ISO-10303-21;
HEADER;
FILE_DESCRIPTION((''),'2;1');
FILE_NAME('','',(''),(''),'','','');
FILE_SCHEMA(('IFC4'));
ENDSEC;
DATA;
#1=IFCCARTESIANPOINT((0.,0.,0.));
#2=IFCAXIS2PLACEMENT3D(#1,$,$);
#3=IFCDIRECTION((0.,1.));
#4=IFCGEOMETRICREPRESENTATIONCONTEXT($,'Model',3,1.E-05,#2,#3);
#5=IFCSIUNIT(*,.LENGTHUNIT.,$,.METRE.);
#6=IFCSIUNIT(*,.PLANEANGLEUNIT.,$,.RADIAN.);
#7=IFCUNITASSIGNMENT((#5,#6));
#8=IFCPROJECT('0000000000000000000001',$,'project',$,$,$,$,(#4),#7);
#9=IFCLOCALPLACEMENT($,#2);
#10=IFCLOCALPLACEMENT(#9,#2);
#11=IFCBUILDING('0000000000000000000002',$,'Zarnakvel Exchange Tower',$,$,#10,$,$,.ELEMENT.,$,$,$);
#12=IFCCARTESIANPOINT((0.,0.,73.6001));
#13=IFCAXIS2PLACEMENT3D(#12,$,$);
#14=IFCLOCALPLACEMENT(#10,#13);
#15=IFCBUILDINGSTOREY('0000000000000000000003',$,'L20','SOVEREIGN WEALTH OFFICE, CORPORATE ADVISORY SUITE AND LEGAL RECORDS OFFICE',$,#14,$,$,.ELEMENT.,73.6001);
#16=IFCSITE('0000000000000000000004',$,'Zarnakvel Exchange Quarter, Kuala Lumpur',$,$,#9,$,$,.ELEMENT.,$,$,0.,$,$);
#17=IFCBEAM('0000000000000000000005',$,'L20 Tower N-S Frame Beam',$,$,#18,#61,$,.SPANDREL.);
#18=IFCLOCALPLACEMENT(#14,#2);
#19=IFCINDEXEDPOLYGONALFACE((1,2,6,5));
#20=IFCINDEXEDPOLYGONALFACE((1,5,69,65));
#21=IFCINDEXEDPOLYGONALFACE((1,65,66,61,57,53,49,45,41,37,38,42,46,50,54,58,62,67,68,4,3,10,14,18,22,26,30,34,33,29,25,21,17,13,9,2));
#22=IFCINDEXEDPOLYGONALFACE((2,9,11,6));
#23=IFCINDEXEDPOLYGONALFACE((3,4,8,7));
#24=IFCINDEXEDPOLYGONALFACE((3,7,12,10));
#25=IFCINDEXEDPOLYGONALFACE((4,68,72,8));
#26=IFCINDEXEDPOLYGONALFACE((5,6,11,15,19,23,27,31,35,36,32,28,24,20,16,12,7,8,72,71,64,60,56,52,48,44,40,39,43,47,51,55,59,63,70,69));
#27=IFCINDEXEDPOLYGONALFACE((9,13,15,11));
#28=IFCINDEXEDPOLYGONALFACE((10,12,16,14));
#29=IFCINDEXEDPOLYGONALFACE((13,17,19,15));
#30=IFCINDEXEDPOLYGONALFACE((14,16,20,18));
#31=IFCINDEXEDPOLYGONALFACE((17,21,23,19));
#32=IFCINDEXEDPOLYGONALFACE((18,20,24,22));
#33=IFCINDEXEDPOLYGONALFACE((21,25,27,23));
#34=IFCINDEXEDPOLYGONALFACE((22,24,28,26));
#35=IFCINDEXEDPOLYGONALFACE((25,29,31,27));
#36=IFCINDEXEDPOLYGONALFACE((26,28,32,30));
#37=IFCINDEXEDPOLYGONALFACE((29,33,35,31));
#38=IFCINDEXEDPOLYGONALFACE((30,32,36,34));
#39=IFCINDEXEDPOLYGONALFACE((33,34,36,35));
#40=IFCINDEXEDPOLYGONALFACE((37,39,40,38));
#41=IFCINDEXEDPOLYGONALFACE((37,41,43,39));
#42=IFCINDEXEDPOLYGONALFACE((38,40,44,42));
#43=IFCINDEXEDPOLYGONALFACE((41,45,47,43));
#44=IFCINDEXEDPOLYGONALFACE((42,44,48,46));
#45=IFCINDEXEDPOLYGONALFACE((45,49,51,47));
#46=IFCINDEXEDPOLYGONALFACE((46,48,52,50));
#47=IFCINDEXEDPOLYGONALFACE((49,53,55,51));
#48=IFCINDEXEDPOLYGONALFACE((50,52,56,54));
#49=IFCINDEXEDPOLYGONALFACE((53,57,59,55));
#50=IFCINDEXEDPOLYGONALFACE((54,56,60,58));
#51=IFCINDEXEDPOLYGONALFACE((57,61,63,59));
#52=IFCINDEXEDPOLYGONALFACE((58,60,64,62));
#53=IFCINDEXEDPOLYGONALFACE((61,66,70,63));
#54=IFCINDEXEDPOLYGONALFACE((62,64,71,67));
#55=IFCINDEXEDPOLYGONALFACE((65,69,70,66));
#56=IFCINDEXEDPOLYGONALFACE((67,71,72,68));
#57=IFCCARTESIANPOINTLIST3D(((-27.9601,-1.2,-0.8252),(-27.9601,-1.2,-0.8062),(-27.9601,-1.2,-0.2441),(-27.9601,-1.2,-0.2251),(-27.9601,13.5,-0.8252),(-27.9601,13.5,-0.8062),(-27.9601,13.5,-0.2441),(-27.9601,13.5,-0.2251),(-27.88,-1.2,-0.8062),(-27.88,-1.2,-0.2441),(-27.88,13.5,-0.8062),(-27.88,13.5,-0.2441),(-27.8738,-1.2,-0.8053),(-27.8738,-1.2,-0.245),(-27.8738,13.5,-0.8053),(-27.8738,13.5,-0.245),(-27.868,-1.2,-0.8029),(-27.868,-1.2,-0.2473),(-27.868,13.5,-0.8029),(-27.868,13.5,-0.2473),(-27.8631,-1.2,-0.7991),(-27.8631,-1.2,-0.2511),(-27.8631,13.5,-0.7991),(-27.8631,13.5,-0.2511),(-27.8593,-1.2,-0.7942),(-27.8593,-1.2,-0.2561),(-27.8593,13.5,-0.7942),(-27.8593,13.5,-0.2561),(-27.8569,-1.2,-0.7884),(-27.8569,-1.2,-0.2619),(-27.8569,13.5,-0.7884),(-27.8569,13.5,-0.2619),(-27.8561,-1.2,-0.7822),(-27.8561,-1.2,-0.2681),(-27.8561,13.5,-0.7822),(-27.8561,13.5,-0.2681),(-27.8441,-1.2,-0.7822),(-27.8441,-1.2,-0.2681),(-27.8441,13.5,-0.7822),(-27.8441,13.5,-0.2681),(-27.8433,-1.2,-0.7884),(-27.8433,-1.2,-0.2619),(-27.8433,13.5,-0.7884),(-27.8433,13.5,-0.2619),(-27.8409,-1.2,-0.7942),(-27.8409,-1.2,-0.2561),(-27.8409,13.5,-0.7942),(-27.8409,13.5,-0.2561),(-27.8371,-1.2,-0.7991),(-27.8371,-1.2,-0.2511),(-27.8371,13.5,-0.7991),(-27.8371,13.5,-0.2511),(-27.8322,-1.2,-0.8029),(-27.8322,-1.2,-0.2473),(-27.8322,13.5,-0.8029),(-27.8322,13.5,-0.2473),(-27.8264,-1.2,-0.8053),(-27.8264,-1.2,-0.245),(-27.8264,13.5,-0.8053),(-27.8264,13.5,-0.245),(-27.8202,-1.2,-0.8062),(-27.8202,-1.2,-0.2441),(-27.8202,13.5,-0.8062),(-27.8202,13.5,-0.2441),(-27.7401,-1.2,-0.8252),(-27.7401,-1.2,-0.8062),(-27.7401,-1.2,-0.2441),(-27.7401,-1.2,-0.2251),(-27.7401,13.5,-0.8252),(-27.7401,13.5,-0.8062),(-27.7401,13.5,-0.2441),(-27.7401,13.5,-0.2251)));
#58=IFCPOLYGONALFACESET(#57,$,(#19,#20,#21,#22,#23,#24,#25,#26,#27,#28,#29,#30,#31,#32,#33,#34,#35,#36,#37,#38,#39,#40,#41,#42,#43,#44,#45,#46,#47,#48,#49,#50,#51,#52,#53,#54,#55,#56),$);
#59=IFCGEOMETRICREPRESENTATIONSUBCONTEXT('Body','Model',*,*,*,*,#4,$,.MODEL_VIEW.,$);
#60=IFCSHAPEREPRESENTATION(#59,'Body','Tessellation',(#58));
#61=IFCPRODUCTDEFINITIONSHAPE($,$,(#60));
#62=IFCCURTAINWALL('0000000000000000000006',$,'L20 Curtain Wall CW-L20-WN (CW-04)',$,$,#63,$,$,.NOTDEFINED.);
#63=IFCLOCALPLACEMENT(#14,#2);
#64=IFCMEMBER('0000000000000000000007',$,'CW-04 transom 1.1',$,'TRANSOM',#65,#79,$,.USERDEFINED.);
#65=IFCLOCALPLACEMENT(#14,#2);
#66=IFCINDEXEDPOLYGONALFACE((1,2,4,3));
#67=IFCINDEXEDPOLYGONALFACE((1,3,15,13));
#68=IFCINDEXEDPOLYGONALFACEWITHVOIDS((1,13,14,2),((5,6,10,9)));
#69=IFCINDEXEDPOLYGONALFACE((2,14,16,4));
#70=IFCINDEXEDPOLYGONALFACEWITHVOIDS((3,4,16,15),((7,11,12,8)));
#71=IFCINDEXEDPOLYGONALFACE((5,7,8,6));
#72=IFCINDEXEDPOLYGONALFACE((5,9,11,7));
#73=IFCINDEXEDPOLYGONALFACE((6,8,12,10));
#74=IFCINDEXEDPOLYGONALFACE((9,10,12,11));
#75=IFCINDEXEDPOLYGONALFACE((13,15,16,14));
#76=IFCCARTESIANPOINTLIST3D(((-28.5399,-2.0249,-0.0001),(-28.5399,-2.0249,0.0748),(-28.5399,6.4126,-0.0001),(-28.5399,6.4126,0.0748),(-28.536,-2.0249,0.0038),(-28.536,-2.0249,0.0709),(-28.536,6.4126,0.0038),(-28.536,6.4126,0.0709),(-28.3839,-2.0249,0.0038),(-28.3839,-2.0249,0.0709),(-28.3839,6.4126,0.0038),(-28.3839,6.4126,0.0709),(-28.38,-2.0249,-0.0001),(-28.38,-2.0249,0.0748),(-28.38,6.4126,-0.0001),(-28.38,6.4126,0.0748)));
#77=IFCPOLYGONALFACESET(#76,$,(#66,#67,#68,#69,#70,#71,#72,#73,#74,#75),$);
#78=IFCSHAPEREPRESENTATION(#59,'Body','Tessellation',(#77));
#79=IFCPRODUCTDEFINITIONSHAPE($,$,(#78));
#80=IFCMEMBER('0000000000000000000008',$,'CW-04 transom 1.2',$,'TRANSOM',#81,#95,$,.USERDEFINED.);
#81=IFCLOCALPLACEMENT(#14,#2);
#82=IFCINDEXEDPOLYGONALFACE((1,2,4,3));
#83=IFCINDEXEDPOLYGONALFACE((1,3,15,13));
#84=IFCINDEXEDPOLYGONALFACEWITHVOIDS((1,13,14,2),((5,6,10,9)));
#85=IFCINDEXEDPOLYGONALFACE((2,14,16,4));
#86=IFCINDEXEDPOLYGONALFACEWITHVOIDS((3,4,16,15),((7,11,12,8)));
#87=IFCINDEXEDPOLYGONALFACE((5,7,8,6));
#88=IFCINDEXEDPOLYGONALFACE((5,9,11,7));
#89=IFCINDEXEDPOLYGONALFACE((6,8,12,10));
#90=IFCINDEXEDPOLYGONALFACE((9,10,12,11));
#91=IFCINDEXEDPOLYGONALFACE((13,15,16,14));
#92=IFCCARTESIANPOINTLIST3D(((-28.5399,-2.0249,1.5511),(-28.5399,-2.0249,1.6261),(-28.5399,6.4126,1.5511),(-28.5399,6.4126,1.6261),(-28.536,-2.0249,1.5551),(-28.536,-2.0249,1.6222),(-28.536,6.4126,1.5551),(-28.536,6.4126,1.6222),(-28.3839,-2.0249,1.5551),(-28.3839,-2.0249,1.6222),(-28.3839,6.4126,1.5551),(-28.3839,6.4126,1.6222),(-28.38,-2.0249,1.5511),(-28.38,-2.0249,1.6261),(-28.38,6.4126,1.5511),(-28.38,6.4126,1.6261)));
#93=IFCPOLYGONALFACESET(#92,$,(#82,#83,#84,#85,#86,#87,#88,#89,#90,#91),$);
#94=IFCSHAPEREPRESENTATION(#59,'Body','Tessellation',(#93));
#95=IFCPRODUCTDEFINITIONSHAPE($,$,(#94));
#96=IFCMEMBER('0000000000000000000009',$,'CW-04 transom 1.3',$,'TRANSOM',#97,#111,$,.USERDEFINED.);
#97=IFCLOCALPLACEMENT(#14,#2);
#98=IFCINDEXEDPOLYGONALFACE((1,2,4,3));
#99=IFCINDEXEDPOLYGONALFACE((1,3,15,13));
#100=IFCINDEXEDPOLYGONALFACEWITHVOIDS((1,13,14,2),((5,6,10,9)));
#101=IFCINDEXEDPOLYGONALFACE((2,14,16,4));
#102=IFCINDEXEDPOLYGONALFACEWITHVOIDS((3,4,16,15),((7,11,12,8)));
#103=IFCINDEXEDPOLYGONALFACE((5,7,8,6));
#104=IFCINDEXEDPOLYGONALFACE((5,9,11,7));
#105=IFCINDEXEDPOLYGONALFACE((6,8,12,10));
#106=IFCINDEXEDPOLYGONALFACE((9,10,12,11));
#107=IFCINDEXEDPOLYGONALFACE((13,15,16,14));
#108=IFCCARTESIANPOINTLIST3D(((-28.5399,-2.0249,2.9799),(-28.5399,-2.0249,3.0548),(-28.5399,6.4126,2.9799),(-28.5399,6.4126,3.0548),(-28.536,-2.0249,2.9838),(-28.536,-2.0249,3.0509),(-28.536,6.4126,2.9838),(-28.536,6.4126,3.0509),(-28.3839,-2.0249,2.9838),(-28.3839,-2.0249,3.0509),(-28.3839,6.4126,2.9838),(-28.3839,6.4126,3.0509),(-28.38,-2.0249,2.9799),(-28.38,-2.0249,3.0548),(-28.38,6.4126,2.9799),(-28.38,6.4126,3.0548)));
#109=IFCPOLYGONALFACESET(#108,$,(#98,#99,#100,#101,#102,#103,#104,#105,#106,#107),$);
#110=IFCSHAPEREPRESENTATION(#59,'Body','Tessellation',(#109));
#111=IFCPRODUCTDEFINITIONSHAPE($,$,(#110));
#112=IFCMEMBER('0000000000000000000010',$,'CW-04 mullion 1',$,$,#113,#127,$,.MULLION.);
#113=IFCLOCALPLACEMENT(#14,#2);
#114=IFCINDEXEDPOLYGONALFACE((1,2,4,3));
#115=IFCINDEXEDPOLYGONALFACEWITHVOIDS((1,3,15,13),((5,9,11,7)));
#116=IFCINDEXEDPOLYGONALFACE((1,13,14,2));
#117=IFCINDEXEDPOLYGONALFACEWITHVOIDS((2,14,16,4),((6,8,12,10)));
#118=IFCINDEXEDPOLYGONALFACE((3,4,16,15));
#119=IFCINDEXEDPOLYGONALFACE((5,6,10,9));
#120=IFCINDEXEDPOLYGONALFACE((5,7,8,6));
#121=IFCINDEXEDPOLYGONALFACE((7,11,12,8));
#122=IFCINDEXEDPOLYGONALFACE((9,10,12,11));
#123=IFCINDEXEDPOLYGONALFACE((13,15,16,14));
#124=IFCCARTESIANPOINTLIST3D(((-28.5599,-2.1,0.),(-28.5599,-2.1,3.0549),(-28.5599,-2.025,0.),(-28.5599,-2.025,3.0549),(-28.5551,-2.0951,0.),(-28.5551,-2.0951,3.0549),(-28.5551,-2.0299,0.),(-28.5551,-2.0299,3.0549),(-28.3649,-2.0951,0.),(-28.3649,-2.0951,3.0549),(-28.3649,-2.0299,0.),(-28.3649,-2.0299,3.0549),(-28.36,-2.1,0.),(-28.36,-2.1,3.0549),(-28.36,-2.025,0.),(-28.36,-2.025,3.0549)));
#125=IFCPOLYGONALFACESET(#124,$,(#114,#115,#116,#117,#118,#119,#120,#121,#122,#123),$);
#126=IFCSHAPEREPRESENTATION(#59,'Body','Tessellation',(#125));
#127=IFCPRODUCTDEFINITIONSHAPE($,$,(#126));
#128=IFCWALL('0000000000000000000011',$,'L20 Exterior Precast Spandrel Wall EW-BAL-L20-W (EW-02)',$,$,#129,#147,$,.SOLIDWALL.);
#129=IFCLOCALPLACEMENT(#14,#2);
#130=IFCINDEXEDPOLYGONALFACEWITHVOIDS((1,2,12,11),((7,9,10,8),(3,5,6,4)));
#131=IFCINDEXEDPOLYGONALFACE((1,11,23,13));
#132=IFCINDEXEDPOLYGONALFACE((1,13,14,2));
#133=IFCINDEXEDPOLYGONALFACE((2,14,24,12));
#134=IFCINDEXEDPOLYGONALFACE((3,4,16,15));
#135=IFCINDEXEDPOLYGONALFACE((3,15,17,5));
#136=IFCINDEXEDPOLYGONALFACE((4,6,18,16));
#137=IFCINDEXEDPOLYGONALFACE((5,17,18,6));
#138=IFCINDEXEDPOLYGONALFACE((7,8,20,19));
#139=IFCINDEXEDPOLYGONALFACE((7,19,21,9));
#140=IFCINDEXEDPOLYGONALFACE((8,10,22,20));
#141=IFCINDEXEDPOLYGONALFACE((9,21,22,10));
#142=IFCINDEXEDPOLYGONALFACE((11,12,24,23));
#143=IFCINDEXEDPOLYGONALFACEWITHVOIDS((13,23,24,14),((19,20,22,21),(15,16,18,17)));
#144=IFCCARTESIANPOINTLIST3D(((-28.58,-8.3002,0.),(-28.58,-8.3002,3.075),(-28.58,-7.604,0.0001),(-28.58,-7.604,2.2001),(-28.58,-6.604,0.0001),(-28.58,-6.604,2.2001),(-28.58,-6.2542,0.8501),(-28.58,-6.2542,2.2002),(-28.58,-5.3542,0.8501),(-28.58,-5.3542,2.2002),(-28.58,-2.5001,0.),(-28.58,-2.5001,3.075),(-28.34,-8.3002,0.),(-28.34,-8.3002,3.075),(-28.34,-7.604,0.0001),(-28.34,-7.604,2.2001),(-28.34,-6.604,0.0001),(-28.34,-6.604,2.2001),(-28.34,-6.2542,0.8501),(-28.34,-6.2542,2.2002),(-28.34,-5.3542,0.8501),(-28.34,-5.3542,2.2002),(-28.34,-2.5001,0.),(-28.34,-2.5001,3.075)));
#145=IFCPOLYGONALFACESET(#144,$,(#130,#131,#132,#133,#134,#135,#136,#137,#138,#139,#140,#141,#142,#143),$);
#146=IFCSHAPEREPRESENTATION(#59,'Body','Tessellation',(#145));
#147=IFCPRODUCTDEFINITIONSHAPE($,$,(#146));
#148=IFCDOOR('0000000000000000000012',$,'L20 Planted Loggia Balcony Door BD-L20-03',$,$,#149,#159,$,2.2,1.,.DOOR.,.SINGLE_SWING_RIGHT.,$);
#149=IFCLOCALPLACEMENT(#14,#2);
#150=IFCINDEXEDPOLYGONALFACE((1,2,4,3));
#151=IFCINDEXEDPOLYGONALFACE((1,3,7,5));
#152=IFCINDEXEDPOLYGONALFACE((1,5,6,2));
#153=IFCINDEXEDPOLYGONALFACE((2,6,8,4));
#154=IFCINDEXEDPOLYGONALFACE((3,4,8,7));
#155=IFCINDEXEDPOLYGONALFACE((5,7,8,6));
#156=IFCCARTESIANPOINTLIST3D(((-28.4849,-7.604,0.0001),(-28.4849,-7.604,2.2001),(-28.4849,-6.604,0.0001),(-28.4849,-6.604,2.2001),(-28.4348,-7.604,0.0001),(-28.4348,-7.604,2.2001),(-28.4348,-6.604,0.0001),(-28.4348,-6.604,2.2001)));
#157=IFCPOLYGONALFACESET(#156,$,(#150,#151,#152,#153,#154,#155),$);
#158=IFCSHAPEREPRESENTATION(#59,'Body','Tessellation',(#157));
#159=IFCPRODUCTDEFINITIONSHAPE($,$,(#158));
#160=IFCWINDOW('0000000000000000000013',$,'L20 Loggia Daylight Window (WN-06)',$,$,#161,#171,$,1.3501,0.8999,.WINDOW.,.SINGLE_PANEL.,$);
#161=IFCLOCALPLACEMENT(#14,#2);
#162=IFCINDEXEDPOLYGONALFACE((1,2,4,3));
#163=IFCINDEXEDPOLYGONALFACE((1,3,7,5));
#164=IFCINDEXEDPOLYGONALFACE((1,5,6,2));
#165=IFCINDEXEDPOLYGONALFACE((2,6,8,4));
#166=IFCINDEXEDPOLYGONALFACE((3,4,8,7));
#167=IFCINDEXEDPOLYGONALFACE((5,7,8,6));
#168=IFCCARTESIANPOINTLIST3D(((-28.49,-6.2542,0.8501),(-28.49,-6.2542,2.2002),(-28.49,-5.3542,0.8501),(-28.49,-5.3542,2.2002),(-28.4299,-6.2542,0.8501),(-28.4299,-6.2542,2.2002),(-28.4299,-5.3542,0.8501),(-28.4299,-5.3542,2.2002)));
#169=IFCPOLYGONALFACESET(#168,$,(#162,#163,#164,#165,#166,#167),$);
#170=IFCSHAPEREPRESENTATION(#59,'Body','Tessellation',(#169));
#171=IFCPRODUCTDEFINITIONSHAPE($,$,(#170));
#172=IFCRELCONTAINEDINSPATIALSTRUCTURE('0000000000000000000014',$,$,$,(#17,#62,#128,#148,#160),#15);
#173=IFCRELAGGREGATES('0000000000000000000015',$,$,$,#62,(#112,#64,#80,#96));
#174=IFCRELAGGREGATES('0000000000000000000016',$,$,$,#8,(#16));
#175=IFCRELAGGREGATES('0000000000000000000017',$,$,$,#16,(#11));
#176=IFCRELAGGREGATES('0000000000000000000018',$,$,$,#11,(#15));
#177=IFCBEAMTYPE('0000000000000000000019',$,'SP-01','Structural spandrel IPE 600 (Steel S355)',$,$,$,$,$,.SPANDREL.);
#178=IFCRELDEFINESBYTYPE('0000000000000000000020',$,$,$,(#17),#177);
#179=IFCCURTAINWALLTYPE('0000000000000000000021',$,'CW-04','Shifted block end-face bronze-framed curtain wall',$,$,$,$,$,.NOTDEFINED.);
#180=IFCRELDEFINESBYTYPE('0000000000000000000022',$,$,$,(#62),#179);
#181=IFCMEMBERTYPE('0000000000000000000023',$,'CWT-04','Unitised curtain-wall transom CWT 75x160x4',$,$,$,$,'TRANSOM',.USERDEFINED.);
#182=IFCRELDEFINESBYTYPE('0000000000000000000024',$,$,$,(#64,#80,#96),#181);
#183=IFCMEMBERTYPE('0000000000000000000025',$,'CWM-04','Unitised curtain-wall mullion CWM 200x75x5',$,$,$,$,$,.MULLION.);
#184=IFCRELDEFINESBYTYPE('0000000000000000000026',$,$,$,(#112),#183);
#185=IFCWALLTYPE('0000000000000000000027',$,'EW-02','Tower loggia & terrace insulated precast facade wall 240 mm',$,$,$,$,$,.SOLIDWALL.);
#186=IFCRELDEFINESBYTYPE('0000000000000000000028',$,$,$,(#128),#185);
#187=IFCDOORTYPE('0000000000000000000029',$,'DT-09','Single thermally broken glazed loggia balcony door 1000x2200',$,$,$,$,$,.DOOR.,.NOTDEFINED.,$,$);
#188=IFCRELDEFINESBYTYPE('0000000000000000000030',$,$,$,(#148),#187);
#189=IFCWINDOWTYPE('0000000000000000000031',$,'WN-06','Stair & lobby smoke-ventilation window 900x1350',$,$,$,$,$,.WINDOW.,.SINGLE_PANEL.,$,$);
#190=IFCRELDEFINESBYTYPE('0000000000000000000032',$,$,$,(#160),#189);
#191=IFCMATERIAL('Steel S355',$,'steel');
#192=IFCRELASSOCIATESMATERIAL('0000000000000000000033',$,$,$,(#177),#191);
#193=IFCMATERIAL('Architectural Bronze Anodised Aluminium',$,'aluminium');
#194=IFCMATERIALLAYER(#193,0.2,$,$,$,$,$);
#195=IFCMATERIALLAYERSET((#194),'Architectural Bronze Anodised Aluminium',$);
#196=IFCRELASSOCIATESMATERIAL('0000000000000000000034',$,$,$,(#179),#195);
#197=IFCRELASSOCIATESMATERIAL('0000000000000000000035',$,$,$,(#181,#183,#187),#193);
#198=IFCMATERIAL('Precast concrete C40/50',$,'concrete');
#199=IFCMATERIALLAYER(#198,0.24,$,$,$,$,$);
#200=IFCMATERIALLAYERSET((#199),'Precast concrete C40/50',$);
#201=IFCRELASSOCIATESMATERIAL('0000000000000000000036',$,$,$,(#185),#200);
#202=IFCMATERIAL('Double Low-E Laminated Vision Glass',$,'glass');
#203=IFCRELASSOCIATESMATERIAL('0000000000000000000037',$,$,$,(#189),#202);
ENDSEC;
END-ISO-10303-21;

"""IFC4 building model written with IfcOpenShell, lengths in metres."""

from ifc_helpers import new_model, si_unit, direction, frame, frame_2d, origin, origin_2d, place, context, subcontext, project, spatial, rectangle, hollow_rectangle, i_section, extrude, source, transform, mapped, material, layer, layer_set, material_profile, profile_set, type_object, element, fill, aggregate, save


model = new_model("IFC4")

# Units and contexts
model_context = context("Model", 3, precision=1e-05, world=origin(), true_north=direction((0.0, 1.0)))
body_context = subcontext(model_context, "Body", "Model", "MODEL_VIEW")
ifc_project = project(units=[si_unit("LENGTHUNIT", "METRE"), si_unit("PLANEANGLEUNIT", "RADIAN")], contexts=[model_context])

# Site, building, storey
site_placement = place(None, origin())
site = spatial("IfcSite", under=ifc_project, at=site_placement, Name="Zarnakvel Exchange Quarter, Kuala Lumpur", CompositionType="ELEMENT", RefElevation=0.0)
building_placement = place(site_placement, origin())
building = spatial("IfcBuilding", under=site, at=building_placement, Name="Zarnakvel Exchange Tower", CompositionType="ELEMENT")
storey_placement = place(building_placement, frame((0.0, 0.0, 73.6001)))
storey = spatial("IfcBuildingStorey", under=building, at=storey_placement, Name="L20", Description="SOVEREIGN WEALTH OFFICE, CORPORATE ADVISORY SUITE AND LEGAL RECORDS OFFICE", CompositionType="ELEMENT", Elevation=73.6001)

# Shared definitions
ifc_material_1 = material(Name="Steel S355", Category="steel")

# Beam
ifc_material_profile_1 = material_profile(ifc_material_1, i_section(OverallWidth=0.22, OverallDepth=0.6001, WebThickness=0.012, FlangeThickness=0.019, FilletRadius=0.0239, at=origin_2d()))
ifc_profile_set_1 = profile_set([ifc_material_profile_1], Name="Steel S355")
beam_type_1 = type_object("IfcBeamType", Name="SP-01", Description="Structural spandrel IPE 600 (Steel S355)", PredefinedType="SPANDREL", material=ifc_profile_set_1)
beam_1_placement = place(storey_placement, frame((-27.8501, -1.2, -0.5251), z_axis=(0.0, 1.0, 0.0), x_axis=(-1.0, 0.0, 0.0)))
element("IfcBeam", 1, at=beam_1_placement, inside=storey, type_object=beam_type_1, Name="L20 Tower N-S Frame Beam", PredefinedType="SPANDREL", context=body_context, shape_type="SweptSolid", body=[
    extrude(i_section(OverallWidth=0.22, OverallDepth=0.6001, WebThickness=0.012, FlangeThickness=0.019, FilletRadius=0.0239, at=origin_2d()), origin(), (0.0, 0.0, 1.0), 14.7),
])

# Curtain wall, members
ifc_material_2 = material(Name="Architectural Bronze Anodised Aluminium", Category="aluminium")
ifc_layer_1 = layer(ifc_material_2, 0.2)
ifc_layer_set_1 = layer_set([ifc_layer_1], Name="Architectural Bronze Anodised Aluminium")
curtain_wall_type = type_object("IfcCurtainWallType", Name="CW-04", Description="Shifted block end-face bronze-framed curtain wall", PredefinedType="NOTDEFINED", material=ifc_layer_set_1)
curtain_wall_placement = place(storey_placement, origin())
curtain_wall = element("IfcCurtainWall", 2, at=curtain_wall_placement, inside=storey, type_object=curtain_wall_type, Name="L20 Curtain Wall CW-L20-WN (CW-04)", PredefinedType="NOTDEFINED")
ifc_material_profile_2 = material_profile(ifc_material_2, hollow_rectangle(XDim=0.1599, YDim=0.075, WallThickness=0.0039, at=origin_2d()))
ifc_profile_set_2 = profile_set([ifc_material_profile_2], Name="Architectural Bronze Anodised Aluminium")
member_type_1 = type_object("IfcMemberType", Name="CWT-04", Description="Unitised curtain-wall transom CWT 75x160x4", ElementType="TRANSOM", PredefinedType="USERDEFINED", material=ifc_profile_set_2)
shared_shape_1 = source(origin(), body_context, "Body", "SweptSolid", [
    extrude(hollow_rectangle(XDim=0.1599, YDim=0.075, WallThickness=0.0039, at=origin_2d()), origin(), (0.0, 0.0, 1.0), 8.4375),
])
member_1_placement = place(storey_placement, frame((-28.46, -2.0249, 0.0374), z_axis=(0.0, 1.0, 0.0), x_axis=(-1.0, 0.0, 0.0)))
member_1 = element("IfcMember", 3, at=member_1_placement, type_object=member_type_1, Name="CW-04 transom 1.1", ObjectType="TRANSOM", PredefinedType="USERDEFINED", context=body_context, shape_type="MappedRepresentation", body=[
    mapped(shared_shape_1, transform((0.0, 0.0, 0.0), x_axis=(1.0, 0.0, 0.0), y_axis=(0.0, 1.0, 0.0), z_axis=(0.0, 0.0, 1.0), scale=1.0)),
])
member_2_placement = place(storey_placement, frame((-28.46, -2.0249, 1.5886), z_axis=(0.0, 1.0, 0.0), x_axis=(-1.0, 0.0, 0.0)))
member_2 = element("IfcMember", 4, at=member_2_placement, type_object=member_type_1, Name="CW-04 transom 1.2", ObjectType="TRANSOM", PredefinedType="USERDEFINED", context=body_context, shape_type="MappedRepresentation", body=[
    mapped(shared_shape_1, transform((0.0, 0.0, 0.0), x_axis=(1.0, 0.0, 0.0), y_axis=(0.0, 1.0, 0.0), z_axis=(0.0, 0.0, 1.0), scale=1.0)),
])
member_3_placement = place(storey_placement, frame((-28.46, -2.0249, 3.0173), z_axis=(0.0, 1.0, 0.0), x_axis=(-1.0, 0.0, 0.0)))
member_3 = element("IfcMember", 5, at=member_3_placement, type_object=member_type_1, Name="CW-04 transom 1.3", ObjectType="TRANSOM", PredefinedType="USERDEFINED", context=body_context, shape_type="MappedRepresentation", body=[
    mapped(shared_shape_1, transform((0.0, 0.0, 0.0), x_axis=(1.0, 0.0, 0.0), y_axis=(0.0, 1.0, 0.0), z_axis=(0.0, 0.0, 1.0), scale=1.0)),
])
ifc_material_profile_3 = material_profile(ifc_material_2, hollow_rectangle(XDim=0.2, YDim=0.075, WallThickness=0.0049, at=origin_2d()))
ifc_profile_set_3 = profile_set([ifc_material_profile_3], Name="Architectural Bronze Anodised Aluminium")
member_type_2 = type_object("IfcMemberType", Name="CWM-04", Description="Unitised curtain-wall mullion CWM 200x75x5", PredefinedType="MULLION", material=ifc_profile_set_3)
shared_shape_2 = source(origin(), body_context, "Body", "SweptSolid", [
    extrude(hollow_rectangle(XDim=0.2, YDim=0.075, WallThickness=0.0049, at=origin_2d()), origin(), (0.0, 0.0, 1.0), 3.0549),
])
member_4_placement = place(storey_placement, frame((-28.46, -2.0625, 0.0), z_axis=(0.0, 0.0, 1.0), x_axis=(-1.0, 0.0, 0.0)))
member_4 = element("IfcMember", 6, at=member_4_placement, type_object=member_type_2, Name="CW-04 mullion 1", PredefinedType="MULLION", context=body_context, shape_type="MappedRepresentation", body=[
    mapped(shared_shape_2, transform((0.0, 0.0, 0.0), x_axis=(1.0, 0.0, 0.0), y_axis=(0.0, 1.0, 0.0), z_axis=(0.0, 0.0, 1.0), scale=1.0)),
])
aggregate(curtain_wall, [member_4, member_1, member_2, member_3])

# Wall, openings, door, window
ifc_material_3 = material(Name="Precast concrete C40/50", Category="concrete")
ifc_layer_2 = layer(ifc_material_3, 0.24)
ifc_layer_set_2 = layer_set([ifc_layer_2], Name="Precast concrete C40/50")
wall_type_1 = type_object("IfcWallType", Name="EW-02", Description="Tower loggia & terrace insulated precast facade wall 240 mm", PredefinedType="SOLIDWALL", material=ifc_layer_set_2)
wall_1_placement = place(storey_placement, frame((-28.46, -8.3, 0.0), z_axis=(0.0, 0.0, 1.0), x_axis=(0.0, 1.0, 0.0)))
wall_1 = element("IfcWall", 7, at=wall_1_placement, inside=storey, type_object=wall_type_1, Name="L20 Exterior Precast Spandrel Wall EW-BAL-L20-W (EW-02)", PredefinedType="SOLIDWALL", context=body_context, shape_type="SweptSolid", body=[
    extrude(rectangle(XDim=5.8, YDim=0.24, at=frame_2d((2.8999, 0.0))), origin(), (0.0, 0.0, 1.0), 3.075),
])
opening_1_placement = place(wall_1_placement, frame((0.696, 0.0, 0.0)))
opening_1 = element("IfcOpeningElement", 8, at=opening_1_placement, cuts=wall_1, PredefinedType="OPENING", context=body_context, shape_type="SweptSolid", body=[
    extrude(rectangle(XDim=1.0, YDim=2.2, at=frame_2d((0.5, 1.1001))), frame((0.0, 0.1299, 0.0), z_axis=(0.0, -1.0, 0.0), x_axis=(1.0, 0.0, 0.0)), (0.0, 0.0, 1.0), 0.26),
])
opening_2_placement = place(wall_1_placement, frame((2.0459, 0.0, 0.8501)))
opening_2 = element("IfcOpeningElement", 9, at=opening_2_placement, cuts=wall_1, PredefinedType="OPENING", context=body_context, shape_type="SweptSolid", body=[
    extrude(rectangle(XDim=0.8999, YDim=1.3501, at=frame_2d((0.45, 0.675))), frame((0.0, 0.1299, 0.0), z_axis=(0.0, -1.0, 0.0), x_axis=(1.0, 0.0, 0.0)), (0.0, 0.0, 1.0), 0.26),
])
door_type_1 = type_object("IfcDoorType", Name="DT-09", Description="Single thermally broken glazed loggia balcony door 1000x2200", OperationType="NOTDEFINED", PredefinedType="DOOR", material=ifc_material_2)
shared_shape_3 = source(origin(), body_context, "Body", "SweptSolid", [
    extrude(rectangle(XDim=1.0, YDim=2.2, at=frame_2d((0.5, 1.1001))), frame((0.0, 0.0249, 0.0), z_axis=(0.0, -1.0, 0.0), x_axis=(1.0, 0.0, 0.0)), (0.0, 0.0, 1.0), 0.05),
])
door_1_placement = place(opening_1_placement, origin())
door_1 = element("IfcDoor", 10, at=door_1_placement, inside=storey, type_object=door_type_1, Name="L20 Planted Loggia Balcony Door BD-L20-03", OperationType="SINGLE_SWING_RIGHT", OverallHeight=2.2, OverallWidth=1.0, PredefinedType="DOOR", context=body_context, shape_type="MappedRepresentation", body=[
    mapped(shared_shape_3, transform((0.0, 0.0, 0.0), x_axis=(1.0, 0.0, 0.0), y_axis=(0.0, 1.0, 0.0), z_axis=(0.0, 0.0, 1.0), scale=1.0)),
])
fill(opening_1, door_1)
ifc_material_4 = material(Name="Double Low-E Laminated Vision Glass", Category="glass")
window_type = type_object("IfcWindowType", Name="WN-06", Description="Stair & lobby smoke-ventilation window 900x1350", PartitioningType="SINGLE_PANEL", PredefinedType="WINDOW", material=ifc_material_4)
shared_shape_4 = source(origin(), body_context, "Body", "SweptSolid", [
    extrude(rectangle(XDim=0.8999, YDim=1.3501, at=frame_2d((0.45, 0.675))), frame((0.0, 0.03, 0.0), z_axis=(0.0, -1.0, 0.0), x_axis=(1.0, 0.0, 0.0)), (0.0, 0.0, 1.0), 0.0601),
])
window_placement = place(opening_2_placement, origin())
window = element("IfcWindow", 11, at=window_placement, inside=storey, type_object=window_type, Name="L20 Loggia Daylight Window (WN-06)", OverallHeight=1.3501, OverallWidth=0.8999, PartitioningType="SINGLE_PANEL", PredefinedType="WINDOW", context=body_context, shape_type="MappedRepresentation", body=[
    mapped(shared_shape_4, transform((0.0, 0.0, 0.0), x_axis=(1.0, 0.0, 0.0), y_axis=(0.0, 1.0, 0.0), z_axis=(0.0, 0.0, 1.0), scale=1.0)),
])
fill(opening_2, window)

save(model, "model.ifc")
